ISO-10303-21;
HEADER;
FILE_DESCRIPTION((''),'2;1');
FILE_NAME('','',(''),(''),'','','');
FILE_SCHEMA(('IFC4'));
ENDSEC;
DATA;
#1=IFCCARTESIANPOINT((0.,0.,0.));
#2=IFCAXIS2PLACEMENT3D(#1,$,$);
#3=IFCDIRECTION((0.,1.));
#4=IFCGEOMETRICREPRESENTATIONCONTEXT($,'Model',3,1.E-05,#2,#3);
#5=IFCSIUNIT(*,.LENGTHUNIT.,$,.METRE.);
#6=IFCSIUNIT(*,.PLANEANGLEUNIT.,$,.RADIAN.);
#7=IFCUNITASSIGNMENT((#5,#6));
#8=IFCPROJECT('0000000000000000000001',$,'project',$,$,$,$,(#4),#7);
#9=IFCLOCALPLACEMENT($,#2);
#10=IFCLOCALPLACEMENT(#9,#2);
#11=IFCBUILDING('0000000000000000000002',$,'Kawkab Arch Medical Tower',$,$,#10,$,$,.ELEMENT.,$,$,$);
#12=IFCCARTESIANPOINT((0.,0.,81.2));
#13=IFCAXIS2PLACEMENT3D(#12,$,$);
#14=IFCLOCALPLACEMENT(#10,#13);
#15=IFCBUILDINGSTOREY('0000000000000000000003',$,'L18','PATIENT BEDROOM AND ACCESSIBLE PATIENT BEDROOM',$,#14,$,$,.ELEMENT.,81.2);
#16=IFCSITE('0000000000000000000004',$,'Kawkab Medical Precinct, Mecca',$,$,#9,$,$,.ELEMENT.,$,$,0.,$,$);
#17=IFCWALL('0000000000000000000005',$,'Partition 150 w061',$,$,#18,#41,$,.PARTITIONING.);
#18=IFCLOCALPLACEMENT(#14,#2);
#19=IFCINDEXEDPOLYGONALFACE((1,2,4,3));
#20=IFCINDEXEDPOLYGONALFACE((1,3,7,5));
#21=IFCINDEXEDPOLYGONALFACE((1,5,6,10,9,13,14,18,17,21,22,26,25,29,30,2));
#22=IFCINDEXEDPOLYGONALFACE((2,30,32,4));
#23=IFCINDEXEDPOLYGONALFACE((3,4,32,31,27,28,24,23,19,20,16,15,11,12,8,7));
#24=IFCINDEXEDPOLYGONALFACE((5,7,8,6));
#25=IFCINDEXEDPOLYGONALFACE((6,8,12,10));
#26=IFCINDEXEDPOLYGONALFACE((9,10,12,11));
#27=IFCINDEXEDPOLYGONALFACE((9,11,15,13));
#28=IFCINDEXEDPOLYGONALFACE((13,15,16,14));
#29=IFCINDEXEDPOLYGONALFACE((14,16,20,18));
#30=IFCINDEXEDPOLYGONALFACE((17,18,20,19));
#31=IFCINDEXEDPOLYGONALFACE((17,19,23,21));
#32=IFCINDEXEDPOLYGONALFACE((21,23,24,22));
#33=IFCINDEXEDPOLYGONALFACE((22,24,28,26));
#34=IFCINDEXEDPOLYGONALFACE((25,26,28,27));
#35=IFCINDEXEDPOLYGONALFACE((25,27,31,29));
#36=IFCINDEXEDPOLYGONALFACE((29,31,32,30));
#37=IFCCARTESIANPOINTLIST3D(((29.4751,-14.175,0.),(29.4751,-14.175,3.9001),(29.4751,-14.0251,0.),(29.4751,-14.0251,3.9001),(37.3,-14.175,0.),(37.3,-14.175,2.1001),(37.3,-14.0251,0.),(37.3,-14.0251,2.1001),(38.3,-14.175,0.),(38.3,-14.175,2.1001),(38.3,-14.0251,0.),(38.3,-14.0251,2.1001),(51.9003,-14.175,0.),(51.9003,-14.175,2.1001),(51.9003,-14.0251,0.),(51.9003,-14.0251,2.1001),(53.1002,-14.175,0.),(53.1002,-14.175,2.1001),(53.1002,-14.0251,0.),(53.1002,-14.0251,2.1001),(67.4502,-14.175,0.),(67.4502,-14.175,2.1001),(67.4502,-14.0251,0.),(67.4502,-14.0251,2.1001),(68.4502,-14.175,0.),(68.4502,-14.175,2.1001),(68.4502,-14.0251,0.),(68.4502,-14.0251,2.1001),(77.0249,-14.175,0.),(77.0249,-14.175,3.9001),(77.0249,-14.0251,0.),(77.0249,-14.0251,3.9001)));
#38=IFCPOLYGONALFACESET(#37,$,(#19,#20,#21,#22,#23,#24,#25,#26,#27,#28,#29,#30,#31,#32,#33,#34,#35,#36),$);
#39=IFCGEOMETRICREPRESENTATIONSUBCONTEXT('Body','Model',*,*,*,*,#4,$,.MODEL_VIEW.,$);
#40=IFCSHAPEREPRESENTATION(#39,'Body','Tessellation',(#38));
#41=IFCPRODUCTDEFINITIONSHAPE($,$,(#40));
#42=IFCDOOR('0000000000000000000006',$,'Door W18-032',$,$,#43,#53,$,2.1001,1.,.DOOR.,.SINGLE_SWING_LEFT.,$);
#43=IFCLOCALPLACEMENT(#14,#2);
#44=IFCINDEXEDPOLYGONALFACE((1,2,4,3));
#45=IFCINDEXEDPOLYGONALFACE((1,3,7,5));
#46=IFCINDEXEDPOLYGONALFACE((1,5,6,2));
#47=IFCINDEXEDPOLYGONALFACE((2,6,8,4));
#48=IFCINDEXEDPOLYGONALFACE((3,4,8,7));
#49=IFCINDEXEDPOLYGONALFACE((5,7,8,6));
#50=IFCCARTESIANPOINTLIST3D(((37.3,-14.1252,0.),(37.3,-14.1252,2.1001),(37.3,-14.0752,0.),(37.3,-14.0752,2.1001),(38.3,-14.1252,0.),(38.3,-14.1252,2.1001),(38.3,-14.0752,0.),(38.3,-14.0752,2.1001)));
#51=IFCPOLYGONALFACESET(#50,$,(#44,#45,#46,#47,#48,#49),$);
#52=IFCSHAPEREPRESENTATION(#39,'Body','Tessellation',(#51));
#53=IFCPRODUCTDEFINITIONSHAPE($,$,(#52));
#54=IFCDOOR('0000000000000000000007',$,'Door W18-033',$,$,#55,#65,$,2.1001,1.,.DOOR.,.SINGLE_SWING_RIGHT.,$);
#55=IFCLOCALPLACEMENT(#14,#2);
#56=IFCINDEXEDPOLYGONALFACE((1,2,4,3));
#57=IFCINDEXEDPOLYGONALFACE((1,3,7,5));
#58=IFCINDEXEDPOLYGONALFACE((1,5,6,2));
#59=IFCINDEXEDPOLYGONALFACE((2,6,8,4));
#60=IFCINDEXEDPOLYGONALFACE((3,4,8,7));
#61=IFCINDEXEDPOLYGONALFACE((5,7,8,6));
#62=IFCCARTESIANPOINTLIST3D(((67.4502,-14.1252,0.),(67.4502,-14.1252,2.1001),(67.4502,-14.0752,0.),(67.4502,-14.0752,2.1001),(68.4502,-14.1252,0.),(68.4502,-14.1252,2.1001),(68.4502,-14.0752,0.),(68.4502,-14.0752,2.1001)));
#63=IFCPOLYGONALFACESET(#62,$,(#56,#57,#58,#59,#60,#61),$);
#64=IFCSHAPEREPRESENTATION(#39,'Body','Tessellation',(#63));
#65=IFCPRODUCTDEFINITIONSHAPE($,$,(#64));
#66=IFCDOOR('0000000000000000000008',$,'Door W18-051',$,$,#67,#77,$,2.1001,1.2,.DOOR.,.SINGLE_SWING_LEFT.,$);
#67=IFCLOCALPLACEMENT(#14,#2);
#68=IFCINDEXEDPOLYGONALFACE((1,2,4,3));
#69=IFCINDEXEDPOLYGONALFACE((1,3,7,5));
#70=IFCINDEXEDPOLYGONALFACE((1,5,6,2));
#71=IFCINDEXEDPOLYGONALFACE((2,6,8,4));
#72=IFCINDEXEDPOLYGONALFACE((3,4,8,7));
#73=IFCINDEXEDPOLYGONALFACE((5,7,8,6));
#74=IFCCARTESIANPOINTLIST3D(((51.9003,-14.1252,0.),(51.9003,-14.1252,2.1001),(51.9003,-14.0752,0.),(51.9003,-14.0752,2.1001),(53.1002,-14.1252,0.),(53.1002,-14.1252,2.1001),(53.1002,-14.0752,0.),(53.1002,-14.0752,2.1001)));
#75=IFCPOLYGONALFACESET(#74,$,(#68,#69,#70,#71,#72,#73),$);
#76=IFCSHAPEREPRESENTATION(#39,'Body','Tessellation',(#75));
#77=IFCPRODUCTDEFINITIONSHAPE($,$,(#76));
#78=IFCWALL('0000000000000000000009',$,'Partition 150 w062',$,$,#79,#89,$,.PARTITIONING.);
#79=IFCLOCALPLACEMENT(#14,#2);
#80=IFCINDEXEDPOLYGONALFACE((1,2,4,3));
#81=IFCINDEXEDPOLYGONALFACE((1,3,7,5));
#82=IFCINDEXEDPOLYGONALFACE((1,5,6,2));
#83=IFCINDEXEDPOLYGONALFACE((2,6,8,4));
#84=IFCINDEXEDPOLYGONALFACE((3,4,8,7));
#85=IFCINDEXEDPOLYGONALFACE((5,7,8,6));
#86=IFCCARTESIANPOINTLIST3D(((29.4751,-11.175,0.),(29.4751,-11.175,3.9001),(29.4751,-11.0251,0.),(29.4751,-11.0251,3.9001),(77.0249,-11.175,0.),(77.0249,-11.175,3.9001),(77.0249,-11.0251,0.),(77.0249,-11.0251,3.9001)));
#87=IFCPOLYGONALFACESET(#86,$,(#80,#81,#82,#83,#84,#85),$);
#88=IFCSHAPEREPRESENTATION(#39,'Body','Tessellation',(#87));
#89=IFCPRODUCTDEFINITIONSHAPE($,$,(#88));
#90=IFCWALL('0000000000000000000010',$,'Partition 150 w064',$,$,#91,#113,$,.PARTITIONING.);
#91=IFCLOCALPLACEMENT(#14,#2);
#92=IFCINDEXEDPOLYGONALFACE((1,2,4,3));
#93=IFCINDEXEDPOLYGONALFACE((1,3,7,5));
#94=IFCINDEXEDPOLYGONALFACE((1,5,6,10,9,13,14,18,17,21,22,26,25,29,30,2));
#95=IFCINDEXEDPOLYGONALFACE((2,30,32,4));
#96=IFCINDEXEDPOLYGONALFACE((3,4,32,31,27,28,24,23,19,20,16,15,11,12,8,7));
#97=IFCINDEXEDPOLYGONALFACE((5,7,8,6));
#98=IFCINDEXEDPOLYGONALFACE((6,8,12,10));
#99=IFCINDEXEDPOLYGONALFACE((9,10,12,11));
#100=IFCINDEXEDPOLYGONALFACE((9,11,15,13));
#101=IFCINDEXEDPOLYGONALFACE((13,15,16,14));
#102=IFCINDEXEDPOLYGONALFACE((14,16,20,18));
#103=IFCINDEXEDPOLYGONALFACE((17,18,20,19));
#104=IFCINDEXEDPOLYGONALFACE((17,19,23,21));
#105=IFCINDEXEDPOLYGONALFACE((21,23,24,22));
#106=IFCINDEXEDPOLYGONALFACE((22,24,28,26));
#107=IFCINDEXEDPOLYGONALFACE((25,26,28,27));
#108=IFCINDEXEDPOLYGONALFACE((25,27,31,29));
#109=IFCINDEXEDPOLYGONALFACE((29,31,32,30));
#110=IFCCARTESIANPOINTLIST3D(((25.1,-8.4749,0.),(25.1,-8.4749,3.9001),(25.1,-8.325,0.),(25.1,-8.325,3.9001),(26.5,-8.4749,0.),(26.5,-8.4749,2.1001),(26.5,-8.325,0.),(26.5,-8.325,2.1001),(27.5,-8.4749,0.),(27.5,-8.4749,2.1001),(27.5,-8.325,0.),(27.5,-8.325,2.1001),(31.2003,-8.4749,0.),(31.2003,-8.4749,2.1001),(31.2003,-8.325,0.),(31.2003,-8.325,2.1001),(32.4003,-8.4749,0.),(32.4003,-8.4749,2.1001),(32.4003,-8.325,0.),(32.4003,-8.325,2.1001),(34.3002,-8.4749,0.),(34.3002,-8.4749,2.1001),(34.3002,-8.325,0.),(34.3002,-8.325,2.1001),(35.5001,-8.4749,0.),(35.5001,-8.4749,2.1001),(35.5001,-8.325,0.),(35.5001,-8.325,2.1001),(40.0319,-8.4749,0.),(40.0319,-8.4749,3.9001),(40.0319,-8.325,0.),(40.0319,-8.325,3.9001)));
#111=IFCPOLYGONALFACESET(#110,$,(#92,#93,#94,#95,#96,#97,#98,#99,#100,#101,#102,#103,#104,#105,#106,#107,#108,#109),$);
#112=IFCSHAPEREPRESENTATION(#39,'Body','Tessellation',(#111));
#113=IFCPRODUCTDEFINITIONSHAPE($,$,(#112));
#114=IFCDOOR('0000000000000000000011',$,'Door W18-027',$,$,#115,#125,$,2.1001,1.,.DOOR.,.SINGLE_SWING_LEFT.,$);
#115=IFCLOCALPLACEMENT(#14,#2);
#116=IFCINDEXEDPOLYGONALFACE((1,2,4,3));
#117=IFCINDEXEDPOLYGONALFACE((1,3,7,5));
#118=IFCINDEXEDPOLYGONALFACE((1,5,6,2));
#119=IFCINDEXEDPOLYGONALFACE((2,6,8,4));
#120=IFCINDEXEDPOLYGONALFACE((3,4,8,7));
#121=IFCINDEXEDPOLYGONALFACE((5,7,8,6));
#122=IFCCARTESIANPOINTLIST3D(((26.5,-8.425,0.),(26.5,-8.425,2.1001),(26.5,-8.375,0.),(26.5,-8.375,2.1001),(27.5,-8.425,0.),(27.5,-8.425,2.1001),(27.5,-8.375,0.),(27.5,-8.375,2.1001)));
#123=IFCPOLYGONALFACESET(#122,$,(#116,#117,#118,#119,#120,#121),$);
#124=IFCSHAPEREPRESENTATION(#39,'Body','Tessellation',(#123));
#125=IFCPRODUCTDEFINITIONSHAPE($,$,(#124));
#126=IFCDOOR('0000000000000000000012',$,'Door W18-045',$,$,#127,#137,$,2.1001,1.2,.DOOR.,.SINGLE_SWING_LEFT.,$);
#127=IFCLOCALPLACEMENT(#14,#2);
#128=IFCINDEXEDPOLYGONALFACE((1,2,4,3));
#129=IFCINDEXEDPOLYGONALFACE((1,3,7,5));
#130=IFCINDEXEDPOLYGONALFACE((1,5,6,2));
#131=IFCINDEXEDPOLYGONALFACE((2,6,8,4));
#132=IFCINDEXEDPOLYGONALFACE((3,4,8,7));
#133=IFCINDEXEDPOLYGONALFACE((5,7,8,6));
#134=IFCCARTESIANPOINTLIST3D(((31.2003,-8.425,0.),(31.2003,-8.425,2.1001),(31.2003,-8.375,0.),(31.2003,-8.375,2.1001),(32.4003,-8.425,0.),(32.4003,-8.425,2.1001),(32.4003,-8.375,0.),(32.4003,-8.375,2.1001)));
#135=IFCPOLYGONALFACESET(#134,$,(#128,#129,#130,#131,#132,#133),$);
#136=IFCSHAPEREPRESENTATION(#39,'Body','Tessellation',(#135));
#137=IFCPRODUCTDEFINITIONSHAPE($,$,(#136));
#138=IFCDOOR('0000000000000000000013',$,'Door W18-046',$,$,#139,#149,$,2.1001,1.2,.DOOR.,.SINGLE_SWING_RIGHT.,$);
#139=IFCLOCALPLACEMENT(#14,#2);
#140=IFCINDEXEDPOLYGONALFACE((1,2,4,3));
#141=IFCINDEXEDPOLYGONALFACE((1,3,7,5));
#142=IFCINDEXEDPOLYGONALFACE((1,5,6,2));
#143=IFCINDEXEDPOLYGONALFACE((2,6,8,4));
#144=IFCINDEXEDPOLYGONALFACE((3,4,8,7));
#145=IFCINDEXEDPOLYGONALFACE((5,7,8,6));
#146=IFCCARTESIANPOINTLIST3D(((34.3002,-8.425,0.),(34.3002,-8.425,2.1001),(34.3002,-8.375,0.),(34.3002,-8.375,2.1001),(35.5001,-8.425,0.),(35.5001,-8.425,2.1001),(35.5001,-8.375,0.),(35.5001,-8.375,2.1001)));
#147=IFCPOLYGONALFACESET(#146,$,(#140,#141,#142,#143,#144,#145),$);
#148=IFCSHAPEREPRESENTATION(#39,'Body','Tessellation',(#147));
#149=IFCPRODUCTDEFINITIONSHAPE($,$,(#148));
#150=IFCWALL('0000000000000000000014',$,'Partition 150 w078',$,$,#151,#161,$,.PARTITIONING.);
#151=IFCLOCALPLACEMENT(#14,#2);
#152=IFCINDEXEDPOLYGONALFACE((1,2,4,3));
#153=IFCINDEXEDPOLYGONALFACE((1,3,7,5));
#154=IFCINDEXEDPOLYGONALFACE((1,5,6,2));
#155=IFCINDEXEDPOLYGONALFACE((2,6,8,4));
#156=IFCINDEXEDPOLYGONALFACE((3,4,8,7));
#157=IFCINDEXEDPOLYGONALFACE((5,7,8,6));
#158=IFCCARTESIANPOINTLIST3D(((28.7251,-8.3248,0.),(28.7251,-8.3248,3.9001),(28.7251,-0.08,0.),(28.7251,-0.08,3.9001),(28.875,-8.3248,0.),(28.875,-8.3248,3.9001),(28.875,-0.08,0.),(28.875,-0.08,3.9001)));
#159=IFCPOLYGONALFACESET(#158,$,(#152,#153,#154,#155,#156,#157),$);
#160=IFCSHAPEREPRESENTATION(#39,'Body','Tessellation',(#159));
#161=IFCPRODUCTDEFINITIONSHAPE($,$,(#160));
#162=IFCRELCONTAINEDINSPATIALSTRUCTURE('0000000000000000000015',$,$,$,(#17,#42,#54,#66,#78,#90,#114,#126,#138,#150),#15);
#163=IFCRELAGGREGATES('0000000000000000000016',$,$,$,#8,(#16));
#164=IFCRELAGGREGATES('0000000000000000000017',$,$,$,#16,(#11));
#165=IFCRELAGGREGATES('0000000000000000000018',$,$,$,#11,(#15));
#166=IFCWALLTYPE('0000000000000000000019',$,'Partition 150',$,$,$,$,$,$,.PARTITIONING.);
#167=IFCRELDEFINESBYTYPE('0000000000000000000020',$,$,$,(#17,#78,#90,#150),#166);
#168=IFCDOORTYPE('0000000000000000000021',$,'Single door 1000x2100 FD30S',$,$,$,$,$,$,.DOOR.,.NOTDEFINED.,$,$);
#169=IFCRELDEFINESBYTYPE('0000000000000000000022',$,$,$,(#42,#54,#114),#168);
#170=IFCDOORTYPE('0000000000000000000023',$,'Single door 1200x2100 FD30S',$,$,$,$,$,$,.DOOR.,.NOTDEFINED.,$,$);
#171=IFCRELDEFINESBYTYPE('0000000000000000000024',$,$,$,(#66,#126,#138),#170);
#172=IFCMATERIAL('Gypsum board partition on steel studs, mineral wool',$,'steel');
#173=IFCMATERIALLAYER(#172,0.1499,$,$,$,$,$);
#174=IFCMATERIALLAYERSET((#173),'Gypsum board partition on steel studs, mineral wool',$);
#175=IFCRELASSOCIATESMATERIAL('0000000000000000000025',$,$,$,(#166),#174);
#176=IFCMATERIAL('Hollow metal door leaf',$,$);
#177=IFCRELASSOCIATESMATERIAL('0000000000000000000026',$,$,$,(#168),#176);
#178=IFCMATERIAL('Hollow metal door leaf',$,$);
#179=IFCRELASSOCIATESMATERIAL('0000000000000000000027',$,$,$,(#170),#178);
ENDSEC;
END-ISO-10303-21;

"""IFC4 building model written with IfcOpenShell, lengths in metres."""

from ifc_helpers import new_model, si_unit, direction, frame, frame_2d, origin, place, context, subcontext, project, spatial, rectangle, extrude, material, layer, layer_set, type_object, element, fill, save


model = new_model("IFC4")

# Units and contexts
model_context = context("Model", 3, precision=1e-05, world=origin(), true_north=direction((0.0, 1.0)))
body_context = subcontext(model_context, "Body", "Model", "MODEL_VIEW")
ifc_project = project(units=[si_unit("LENGTHUNIT", "METRE"), si_unit("PLANEANGLEUNIT", "RADIAN")], contexts=[model_context])

# Site, building, storey
site_placement = place(None, origin())
site = spatial("IfcSite", under=ifc_project, at=site_placement, Name="Kawkab Medical Precinct, Mecca", CompositionType="ELEMENT", RefElevation=0.0)
building_placement = place(site_placement, origin())
building = spatial("IfcBuilding", under=site, at=building_placement, Name="Kawkab Arch Medical Tower", CompositionType="ELEMENT")
storey_placement = place(building_placement, frame((0.0, 0.0, 81.2)))
storey = spatial("IfcBuildingStorey", under=building, at=storey_placement, Name="L18", Description="PATIENT BEDROOM AND ACCESSIBLE PATIENT BEDROOM", CompositionType="ELEMENT", Elevation=81.2)

# Wall, openings, doors
ifc_material_1 = material(Name="Gypsum board partition on steel studs, mineral wool", Category="steel")
ifc_layer_1 = layer(ifc_material_1, 0.1499)
ifc_layer_set_1 = layer_set([ifc_layer_1], Name="Gypsum board partition on steel studs, mineral wool")
wall_type_1 = type_object("IfcWallType", Name="Partition 150", PredefinedType="PARTITIONING", material=ifc_layer_set_1)
wall_1_placement = place(storey_placement, frame((29.4751, -14.1001, 0.0), z_axis=(0.0, 0.0, 1.0), x_axis=(1.0, 0.0, 0.0)))
wall_1 = element("IfcWall", 1, at=wall_1_placement, inside=storey, type_object=wall_type_1, Name="Partition 150 w061", PredefinedType="PARTITIONING", context=body_context, shape_type="SweptSolid", body=[
    extrude(rectangle(XDim=47.5498, YDim=0.1499, at=frame_2d((23.7749, 0.0))), origin(), (0.0, 0.0, 1.0), 3.9001),
])
opening_1_placement = place(wall_1_placement, frame((7.825, 0.0, 0.0)))
opening_1 = element("IfcOpeningElement", 2, at=opening_1_placement, cuts=wall_1, PredefinedType="OPENING", context=body_context, shape_type="SweptSolid", body=[
    extrude(rectangle(XDim=1.0, YDim=2.1001, at=frame_2d((0.5, 1.05))), frame((0.0, 0.085, 0.0), z_axis=(0.0, -1.0, 0.0), x_axis=(1.0, 0.0, 0.0)), (0.0, 0.0, 1.0), 0.1699),
])
opening_2_placement = place(wall_1_placement, frame((22.425, 0.0, 0.0)))
opening_2 = element("IfcOpeningElement", 3, at=opening_2_placement, cuts=wall_1, PredefinedType="OPENING", context=body_context, shape_type="SweptSolid", body=[
    extrude(rectangle(XDim=1.2, YDim=2.1001, at=frame_2d((0.6001, 1.05))), frame((0.0, 0.085, 0.0), z_axis=(0.0, -1.0, 0.0), x_axis=(1.0, 0.0, 0.0)), (0.0, 0.0, 1.0), 0.1699),
])
opening_3_placement = place(wall_1_placement, frame((37.9751, 0.0, 0.0)))
opening_3 = element("IfcOpeningElement", 4, at=opening_3_placement, cuts=wall_1, PredefinedType="OPENING", context=body_context, shape_type="SweptSolid", body=[
    extrude(rectangle(XDim=1.0, YDim=2.1001, at=frame_2d((0.5, 1.05))), frame((0.0, 0.085, 0.0), z_axis=(0.0, -1.0, 0.0), x_axis=(1.0, 0.0, 0.0)), (0.0, 0.0, 1.0), 0.1699),
])
ifc_material_2 = material(Name="Hollow metal door leaf")
door_type_1 = type_object("IfcDoorType", Name="Single door 1000x2100 FD30S", OperationType="NOTDEFINED", PredefinedType="DOOR", material=ifc_material_2)
door_1_placement = place(opening_1_placement, origin())
door_1 = element("IfcDoor", 5, at=door_1_placement, inside=storey, type_object=door_type_1, Name="Door W18-032", OperationType="SINGLE_SWING_LEFT", OverallHeight=2.1001, OverallWidth=1.0, PredefinedType="DOOR", context=body_context, shape_type="SweptSolid", body=[
    extrude(rectangle(XDim=1.0, YDim=2.1001, at=frame_2d((0.5, 1.05))), frame((0.0, 0.0249, 0.0), z_axis=(0.0, -1.0, 0.0), x_axis=(1.0, 0.0, 0.0)), (0.0, 0.0, 1.0), 0.05),
])
fill(opening_1, door_1)
door_2_placement = place(opening_3_placement, origin())
door_2 = element("IfcDoor", 6, at=door_2_placement, inside=storey, type_object=door_type_1, Name="Door W18-033", OperationType="SINGLE_SWING_RIGHT", OverallHeight=2.1001, OverallWidth=1.0, PredefinedType="DOOR", context=body_context, shape_type="SweptSolid", body=[
    extrude(rectangle(XDim=1.0, YDim=2.1001, at=frame_2d((0.5, 1.05))), frame((0.0, 0.0249, 0.0), z_axis=(0.0, -1.0, 0.0), x_axis=(1.0, 0.0, 0.0)), (0.0, 0.0, 1.0), 0.05),
])
fill(opening_3, door_2)
ifc_material_3 = material(Name="Hollow metal door leaf")
door_type_2 = type_object("IfcDoorType", Name="Single door 1200x2100 FD30S", OperationType="NOTDEFINED", PredefinedType="DOOR", material=ifc_material_3)
door_3_placement = place(opening_2_placement, origin())
door_3 = element("IfcDoor", 7, at=door_3_placement, inside=storey, type_object=door_type_2, Name="Door W18-051", OperationType="SINGLE_SWING_LEFT", OverallHeight=2.1001, OverallWidth=1.2, PredefinedType="DOOR", context=body_context, shape_type="SweptSolid", body=[
    extrude(rectangle(XDim=1.2, YDim=2.1001, at=frame_2d((0.6001, 1.05))), frame((0.0, 0.0249, 0.0), z_axis=(0.0, -1.0, 0.0), x_axis=(1.0, 0.0, 0.0)), (0.0, 0.0, 1.0), 0.05),
])
fill(opening_2, door_3)

# Wall
wall_2_placement = place(storey_placement, frame((29.4751, -11.1001, 0.0), z_axis=(0.0, 0.0, 1.0), x_axis=(1.0, 0.0, 0.0)))
element("IfcWall", 8, at=wall_2_placement, inside=storey, type_object=wall_type_1, Name="Partition 150 w062", PredefinedType="PARTITIONING", context=body_context, shape_type="SweptSolid", body=[
    extrude(rectangle(XDim=47.5498, YDim=0.1499, at=frame_2d((23.7749, 0.0))), origin(), (0.0, 0.0, 1.0), 3.9001),
])

# Wall, openings, doors
wall_3_placement = place(storey_placement, frame((25.1001, -8.3999, 0.0), z_axis=(0.0, 0.0, 1.0), x_axis=(1.0, 0.0, 0.0)))
wall_3 = element("IfcWall", 9, at=wall_3_placement, inside=storey, type_object=wall_type_1, Name="Partition 150 w064", PredefinedType="PARTITIONING", context=body_context, shape_type="SweptSolid", body=[
    extrude(rectangle(XDim=14.9319, YDim=0.1499, at=frame_2d((7.4658, 0.0))), origin(), (0.0, 0.0, 1.0), 3.9001),
])
opening_4_placement = place(wall_3_placement, frame((1.3999, 0.0, 0.0)))
opening_4 = element("IfcOpeningElement", 10, at=opening_4_placement, cuts=wall_3, PredefinedType="OPENING", context=body_context, shape_type="SweptSolid", body=[
    extrude(rectangle(XDim=1.0, YDim=2.1001, at=frame_2d((0.5, 1.05))), frame((0.0, 0.085, 0.0), z_axis=(0.0, -1.0, 0.0), x_axis=(1.0, 0.0, 0.0)), (0.0, 0.0, 1.0), 0.1699),
])
opening_5_placement = place(wall_3_placement, frame((6.1001, 0.0, 0.0)))
opening_5 = element("IfcOpeningElement", 11, at=opening_5_placement, cuts=wall_3, PredefinedType="OPENING", context=body_context, shape_type="SweptSolid", body=[
    extrude(rectangle(XDim=1.2, YDim=2.1001, at=frame_2d((0.6001, 1.05))), frame((0.0, 0.085, 0.0), z_axis=(0.0, -1.0, 0.0), x_axis=(1.0, 0.0, 0.0)), (0.0, 0.0, 1.0), 0.1699),
])
opening_6_placement = place(wall_3_placement, frame((9.2, 0.0, 0.0)))
opening_6 = element("IfcOpeningElement", 12, at=opening_6_placement, cuts=wall_3, PredefinedType="OPENING", context=body_context, shape_type="SweptSolid", body=[
    extrude(rectangle(XDim=1.2, YDim=2.1001, at=frame_2d((0.6001, 1.05))), frame((0.0, 0.085, 0.0), z_axis=(0.0, -1.0, 0.0), x_axis=(1.0, 0.0, 0.0)), (0.0, 0.0, 1.0), 0.1699),
])
door_4_placement = place(opening_4_placement, origin())
door_4 = element("IfcDoor", 13, at=door_4_placement, inside=storey, type_object=door_type_1, Name="Door W18-027", OperationType="SINGLE_SWING_LEFT", OverallHeight=2.1001, OverallWidth=1.0, PredefinedType="DOOR", context=body_context, shape_type="SweptSolid", body=[
    extrude(rectangle(XDim=1.0, YDim=2.1001, at=frame_2d((0.5, 1.05))), frame((0.0, 0.0249, 0.0), z_axis=(0.0, -1.0, 0.0), x_axis=(1.0, 0.0, 0.0)), (0.0, 0.0, 1.0), 0.05),
])
fill(opening_4, door_4)
door_5_placement = place(opening_5_placement, origin())
door_5 = element("IfcDoor", 14, at=door_5_placement, inside=storey, type_object=door_type_2, Name="Door W18-045", OperationType="SINGLE_SWING_LEFT", OverallHeight=2.1001, OverallWidth=1.2, PredefinedType="DOOR", context=body_context, shape_type="SweptSolid", body=[
    extrude(rectangle(XDim=1.2, YDim=2.1001, at=frame_2d((0.6001, 1.05))), frame((0.0, 0.0249, 0.0), z_axis=(0.0, -1.0, 0.0), x_axis=(1.0, 0.0, 0.0)), (0.0, 0.0, 1.0), 0.05),
])
fill(opening_5, door_5)
door_6_placement = place(opening_6_placement, origin())
door_6 = element("IfcDoor", 15, at=door_6_placement, inside=storey, type_object=door_type_2, Name="Door W18-046", OperationType="SINGLE_SWING_RIGHT", OverallHeight=2.1001, OverallWidth=1.2, PredefinedType="DOOR", context=body_context, shape_type="SweptSolid", body=[
    extrude(rectangle(XDim=1.2, YDim=2.1001, at=frame_2d((0.6001, 1.05))), frame((0.0, 0.0249, 0.0), z_axis=(0.0, -1.0, 0.0), x_axis=(1.0, 0.0, 0.0)), (0.0, 0.0, 1.0), 0.05),
])
fill(opening_6, door_6)

# Wall
wall_4_placement = place(storey_placement, frame((28.8, -8.325, 0.0), z_axis=(0.0, 0.0, 1.0), x_axis=(0.0, 1.0, 0.0)))
element("IfcWall", 16, at=wall_4_placement, inside=storey, type_object=wall_type_1, Name="Partition 150 w078", PredefinedType="PARTITIONING", context=body_context, shape_type="SweptSolid", body=[
    extrude(rectangle(XDim=8.2449, YDim=0.1499, at=frame_2d((4.1226, 0.0))), origin(), (0.0, 0.0, 1.0), 3.9001),
])

save(model, "model.ifc")
